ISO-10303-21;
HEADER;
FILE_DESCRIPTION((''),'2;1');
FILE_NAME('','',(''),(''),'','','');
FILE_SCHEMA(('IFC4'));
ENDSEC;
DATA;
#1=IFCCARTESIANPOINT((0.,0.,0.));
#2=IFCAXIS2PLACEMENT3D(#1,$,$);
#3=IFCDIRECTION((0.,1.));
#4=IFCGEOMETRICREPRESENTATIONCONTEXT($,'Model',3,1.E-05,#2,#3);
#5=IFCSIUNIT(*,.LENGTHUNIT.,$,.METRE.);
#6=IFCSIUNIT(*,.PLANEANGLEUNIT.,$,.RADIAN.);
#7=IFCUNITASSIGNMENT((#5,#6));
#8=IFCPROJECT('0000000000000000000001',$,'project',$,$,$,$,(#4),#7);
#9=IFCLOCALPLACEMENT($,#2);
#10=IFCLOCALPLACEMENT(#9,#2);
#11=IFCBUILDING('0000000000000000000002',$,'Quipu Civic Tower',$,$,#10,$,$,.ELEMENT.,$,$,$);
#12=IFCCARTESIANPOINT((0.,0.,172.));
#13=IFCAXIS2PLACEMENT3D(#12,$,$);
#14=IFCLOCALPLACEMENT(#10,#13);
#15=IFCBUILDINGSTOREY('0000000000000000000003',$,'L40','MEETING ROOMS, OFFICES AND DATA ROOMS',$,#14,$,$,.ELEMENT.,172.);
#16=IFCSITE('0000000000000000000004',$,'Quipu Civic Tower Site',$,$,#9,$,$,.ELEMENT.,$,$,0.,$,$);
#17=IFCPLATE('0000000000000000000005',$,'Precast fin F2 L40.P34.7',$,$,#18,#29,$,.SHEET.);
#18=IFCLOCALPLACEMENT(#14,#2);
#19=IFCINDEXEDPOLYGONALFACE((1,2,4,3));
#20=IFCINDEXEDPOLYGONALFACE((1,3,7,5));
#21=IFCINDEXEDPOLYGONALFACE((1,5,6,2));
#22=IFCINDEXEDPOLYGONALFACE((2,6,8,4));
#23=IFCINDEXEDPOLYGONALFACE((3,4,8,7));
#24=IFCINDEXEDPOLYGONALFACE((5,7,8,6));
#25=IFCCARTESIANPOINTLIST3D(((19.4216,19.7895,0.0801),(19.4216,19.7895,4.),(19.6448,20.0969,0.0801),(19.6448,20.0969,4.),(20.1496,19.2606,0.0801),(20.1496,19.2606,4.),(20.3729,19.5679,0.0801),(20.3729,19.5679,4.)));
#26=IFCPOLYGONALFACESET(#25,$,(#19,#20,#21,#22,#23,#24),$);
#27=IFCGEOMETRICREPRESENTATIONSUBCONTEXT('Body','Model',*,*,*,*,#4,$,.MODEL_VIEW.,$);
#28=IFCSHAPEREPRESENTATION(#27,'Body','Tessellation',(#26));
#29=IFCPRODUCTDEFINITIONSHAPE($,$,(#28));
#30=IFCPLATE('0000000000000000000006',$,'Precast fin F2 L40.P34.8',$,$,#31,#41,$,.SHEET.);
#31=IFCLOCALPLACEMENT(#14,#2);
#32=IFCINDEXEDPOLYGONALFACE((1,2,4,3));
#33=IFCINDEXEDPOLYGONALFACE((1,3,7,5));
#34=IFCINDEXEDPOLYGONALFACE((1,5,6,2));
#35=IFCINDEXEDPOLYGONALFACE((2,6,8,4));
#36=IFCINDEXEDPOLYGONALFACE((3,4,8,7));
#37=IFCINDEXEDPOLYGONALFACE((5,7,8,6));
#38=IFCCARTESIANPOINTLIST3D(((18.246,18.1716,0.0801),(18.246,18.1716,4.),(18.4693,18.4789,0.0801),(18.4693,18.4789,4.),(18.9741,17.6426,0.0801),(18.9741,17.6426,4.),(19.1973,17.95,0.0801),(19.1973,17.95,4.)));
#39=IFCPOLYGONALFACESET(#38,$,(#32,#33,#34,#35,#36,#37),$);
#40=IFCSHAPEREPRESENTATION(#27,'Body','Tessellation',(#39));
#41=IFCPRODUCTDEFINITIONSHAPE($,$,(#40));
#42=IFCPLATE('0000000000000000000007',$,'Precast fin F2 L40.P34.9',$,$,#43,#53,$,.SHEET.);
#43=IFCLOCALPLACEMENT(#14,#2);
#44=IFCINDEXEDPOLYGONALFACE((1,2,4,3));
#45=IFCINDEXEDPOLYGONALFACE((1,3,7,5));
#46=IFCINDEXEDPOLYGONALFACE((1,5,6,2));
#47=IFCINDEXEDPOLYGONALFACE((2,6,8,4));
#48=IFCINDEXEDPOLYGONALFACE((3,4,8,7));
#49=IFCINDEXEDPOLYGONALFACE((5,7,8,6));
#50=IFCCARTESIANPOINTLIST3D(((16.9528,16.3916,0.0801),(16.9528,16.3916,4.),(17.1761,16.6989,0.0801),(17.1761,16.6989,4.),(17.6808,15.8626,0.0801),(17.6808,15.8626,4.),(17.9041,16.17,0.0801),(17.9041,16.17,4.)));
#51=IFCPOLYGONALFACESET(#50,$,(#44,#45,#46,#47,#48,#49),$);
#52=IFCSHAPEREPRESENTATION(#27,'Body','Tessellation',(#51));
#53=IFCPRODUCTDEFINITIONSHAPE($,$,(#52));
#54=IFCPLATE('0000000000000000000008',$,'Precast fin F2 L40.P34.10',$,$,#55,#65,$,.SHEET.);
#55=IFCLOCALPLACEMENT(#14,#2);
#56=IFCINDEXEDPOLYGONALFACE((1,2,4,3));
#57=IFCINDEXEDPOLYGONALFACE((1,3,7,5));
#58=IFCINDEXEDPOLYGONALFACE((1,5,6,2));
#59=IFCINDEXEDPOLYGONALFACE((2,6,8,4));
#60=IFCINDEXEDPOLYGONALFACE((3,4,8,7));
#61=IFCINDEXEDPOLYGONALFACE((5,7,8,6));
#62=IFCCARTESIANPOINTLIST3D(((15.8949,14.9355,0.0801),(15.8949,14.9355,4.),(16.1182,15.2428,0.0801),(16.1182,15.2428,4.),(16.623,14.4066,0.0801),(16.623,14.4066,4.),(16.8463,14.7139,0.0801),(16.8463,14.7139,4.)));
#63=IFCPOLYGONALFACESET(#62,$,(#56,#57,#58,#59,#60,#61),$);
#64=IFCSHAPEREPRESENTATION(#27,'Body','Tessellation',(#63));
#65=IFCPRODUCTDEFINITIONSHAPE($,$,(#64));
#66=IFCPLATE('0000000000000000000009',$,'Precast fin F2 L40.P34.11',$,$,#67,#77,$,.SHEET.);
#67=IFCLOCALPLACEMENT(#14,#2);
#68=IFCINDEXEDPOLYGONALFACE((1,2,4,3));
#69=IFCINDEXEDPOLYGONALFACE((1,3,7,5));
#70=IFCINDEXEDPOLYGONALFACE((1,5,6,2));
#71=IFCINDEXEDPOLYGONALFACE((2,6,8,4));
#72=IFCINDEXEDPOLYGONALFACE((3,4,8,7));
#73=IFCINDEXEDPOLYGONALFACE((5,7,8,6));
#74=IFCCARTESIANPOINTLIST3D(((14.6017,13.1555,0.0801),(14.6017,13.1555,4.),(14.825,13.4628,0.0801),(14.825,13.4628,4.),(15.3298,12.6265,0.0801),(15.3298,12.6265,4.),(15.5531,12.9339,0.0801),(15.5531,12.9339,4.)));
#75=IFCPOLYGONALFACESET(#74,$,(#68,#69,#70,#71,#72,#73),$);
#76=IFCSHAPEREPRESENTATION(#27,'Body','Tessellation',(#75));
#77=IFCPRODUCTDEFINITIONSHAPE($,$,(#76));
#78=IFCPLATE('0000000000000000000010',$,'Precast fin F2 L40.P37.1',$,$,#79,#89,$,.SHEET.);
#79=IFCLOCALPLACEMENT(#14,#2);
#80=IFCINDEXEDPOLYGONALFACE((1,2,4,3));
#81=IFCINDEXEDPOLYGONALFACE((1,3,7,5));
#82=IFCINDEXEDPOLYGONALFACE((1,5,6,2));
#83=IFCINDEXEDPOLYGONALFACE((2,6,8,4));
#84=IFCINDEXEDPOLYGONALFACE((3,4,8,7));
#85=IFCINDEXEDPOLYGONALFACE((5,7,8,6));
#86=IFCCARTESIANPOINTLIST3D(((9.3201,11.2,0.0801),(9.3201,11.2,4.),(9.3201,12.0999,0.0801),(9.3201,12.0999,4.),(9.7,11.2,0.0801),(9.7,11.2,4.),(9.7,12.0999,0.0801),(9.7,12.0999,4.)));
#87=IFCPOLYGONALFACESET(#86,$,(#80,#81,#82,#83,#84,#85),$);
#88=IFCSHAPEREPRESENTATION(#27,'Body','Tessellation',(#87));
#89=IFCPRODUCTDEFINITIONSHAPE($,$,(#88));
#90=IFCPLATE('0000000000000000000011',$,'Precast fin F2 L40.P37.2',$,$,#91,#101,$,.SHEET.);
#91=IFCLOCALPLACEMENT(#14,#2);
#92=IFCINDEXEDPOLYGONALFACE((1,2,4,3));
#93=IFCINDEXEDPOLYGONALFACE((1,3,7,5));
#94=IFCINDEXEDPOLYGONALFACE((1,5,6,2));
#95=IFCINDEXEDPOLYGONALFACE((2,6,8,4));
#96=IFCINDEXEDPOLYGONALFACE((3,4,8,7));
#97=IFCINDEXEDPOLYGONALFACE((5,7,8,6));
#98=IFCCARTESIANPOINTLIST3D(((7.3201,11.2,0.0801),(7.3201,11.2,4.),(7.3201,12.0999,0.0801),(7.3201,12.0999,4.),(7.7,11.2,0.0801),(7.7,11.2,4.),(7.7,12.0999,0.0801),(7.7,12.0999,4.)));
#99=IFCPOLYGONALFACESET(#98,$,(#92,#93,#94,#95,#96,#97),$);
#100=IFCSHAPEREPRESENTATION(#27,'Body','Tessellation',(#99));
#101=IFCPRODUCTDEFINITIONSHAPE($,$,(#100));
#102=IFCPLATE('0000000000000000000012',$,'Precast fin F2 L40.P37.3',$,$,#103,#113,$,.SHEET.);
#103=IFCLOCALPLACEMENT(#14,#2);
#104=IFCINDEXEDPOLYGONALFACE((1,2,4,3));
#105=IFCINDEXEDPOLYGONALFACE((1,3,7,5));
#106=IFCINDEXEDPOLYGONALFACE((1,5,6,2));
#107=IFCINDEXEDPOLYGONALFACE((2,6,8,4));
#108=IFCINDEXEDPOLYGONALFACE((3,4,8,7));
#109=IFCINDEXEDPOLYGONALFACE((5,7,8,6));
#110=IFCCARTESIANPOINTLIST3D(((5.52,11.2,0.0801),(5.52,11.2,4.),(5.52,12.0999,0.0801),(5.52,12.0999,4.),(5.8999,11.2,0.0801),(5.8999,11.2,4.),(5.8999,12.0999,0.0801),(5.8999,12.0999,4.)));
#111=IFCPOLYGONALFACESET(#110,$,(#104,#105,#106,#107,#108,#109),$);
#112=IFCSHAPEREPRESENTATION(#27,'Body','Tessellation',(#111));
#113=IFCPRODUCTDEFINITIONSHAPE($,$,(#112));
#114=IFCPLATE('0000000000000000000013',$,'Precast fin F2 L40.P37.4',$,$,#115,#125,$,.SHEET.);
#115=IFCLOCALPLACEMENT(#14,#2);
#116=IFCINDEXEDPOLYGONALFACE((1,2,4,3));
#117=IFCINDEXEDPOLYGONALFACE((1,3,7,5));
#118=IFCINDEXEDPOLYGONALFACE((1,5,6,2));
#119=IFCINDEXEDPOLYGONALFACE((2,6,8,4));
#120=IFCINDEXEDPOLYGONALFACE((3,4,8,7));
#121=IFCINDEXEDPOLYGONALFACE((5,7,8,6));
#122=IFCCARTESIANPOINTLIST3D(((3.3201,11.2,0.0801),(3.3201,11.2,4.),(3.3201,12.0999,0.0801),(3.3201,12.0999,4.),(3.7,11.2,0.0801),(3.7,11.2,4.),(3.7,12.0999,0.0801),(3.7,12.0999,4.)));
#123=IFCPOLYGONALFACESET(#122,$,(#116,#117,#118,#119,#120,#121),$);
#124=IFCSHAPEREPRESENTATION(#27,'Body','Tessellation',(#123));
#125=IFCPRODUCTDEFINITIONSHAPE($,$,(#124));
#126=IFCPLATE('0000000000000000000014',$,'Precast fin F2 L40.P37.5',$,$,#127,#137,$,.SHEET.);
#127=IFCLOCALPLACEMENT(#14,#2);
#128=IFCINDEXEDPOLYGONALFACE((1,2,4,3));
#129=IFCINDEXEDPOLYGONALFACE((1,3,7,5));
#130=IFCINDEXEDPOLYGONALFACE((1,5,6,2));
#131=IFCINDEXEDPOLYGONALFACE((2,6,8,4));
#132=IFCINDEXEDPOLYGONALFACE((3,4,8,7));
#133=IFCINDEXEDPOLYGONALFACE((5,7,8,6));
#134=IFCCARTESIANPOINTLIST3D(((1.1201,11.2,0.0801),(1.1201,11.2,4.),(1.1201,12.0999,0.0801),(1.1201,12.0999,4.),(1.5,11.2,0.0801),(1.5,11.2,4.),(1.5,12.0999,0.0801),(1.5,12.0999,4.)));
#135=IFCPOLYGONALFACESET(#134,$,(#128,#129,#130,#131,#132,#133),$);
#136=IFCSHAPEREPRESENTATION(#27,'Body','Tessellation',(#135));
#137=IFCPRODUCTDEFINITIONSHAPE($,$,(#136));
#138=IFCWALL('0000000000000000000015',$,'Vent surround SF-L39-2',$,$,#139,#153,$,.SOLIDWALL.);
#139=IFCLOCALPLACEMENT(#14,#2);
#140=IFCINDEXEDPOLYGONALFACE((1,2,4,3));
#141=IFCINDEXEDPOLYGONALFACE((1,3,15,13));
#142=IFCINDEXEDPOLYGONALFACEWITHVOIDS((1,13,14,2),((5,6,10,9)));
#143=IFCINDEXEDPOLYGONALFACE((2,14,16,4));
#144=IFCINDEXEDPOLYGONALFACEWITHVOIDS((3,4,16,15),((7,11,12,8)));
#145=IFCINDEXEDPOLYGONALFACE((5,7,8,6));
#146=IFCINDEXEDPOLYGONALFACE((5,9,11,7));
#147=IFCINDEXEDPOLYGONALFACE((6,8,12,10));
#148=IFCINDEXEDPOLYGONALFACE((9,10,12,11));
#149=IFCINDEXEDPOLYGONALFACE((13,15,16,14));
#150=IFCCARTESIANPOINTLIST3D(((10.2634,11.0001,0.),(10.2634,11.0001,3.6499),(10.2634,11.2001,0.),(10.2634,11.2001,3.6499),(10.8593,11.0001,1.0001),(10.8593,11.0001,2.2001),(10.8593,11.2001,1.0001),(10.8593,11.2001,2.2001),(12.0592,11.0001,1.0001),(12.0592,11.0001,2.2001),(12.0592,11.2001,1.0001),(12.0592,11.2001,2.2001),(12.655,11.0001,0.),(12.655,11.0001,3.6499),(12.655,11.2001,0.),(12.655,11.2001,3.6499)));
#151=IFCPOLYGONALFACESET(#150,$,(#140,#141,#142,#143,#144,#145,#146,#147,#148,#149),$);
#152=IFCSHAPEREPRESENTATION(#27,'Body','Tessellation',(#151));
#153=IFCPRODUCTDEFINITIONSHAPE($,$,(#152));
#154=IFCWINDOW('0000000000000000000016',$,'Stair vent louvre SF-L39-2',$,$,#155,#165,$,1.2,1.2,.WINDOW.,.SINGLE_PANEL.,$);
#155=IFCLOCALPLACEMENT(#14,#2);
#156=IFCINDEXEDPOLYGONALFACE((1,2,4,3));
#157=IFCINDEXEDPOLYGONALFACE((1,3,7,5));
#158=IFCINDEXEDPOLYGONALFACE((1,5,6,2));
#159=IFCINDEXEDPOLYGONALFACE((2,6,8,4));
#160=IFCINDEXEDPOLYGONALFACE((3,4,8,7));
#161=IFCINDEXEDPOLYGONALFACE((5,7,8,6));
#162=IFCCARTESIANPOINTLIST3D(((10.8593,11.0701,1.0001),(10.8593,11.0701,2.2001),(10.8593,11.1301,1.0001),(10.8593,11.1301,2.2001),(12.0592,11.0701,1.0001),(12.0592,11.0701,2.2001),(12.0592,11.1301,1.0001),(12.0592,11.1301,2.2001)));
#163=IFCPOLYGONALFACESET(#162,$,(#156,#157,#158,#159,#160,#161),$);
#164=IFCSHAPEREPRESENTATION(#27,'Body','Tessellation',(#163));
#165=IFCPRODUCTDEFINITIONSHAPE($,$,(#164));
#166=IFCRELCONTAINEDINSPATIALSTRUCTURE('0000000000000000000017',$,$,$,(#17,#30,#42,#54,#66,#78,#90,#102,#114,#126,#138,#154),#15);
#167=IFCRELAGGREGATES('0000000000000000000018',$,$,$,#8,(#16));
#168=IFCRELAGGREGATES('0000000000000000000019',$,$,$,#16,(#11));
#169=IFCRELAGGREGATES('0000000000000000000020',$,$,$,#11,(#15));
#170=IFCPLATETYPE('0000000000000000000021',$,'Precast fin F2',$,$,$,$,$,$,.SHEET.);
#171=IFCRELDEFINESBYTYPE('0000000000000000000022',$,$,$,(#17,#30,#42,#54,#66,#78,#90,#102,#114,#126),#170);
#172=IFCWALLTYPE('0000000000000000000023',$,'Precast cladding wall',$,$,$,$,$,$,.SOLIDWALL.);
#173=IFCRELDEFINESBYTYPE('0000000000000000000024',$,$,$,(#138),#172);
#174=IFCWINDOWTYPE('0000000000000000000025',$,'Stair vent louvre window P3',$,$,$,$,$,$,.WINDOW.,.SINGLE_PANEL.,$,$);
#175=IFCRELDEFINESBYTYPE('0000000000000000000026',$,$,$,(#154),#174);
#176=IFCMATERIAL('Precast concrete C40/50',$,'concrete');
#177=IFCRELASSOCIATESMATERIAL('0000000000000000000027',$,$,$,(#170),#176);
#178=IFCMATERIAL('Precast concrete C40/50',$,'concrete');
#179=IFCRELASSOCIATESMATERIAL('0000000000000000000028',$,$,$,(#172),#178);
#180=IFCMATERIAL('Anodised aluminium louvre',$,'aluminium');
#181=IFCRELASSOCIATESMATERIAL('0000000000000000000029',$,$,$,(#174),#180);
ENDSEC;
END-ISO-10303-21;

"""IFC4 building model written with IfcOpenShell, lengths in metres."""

from ifc_helpers import new_model, si_unit, direction, frame, frame_2d, origin, origin_2d, place, context, subcontext, project, spatial, rectangle, extrude, material, type_object, element, fill, save


model = new_model("IFC4")

# Units and contexts
model_context = context("Model", 3, precision=1e-05, world=origin(), true_north=direction((0.0, 1.0)))
body_context = subcontext(model_context, "Body", "Model", "MODEL_VIEW")
ifc_project = project(units=[si_unit("LENGTHUNIT", "METRE"), si_unit("PLANEANGLEUNIT", "RADIAN")], contexts=[model_context])

# Site, building, storey
site_placement = place(None, origin())
site = spatial("IfcSite", under=ifc_project, at=site_placement, Name="Quipu Civic Tower Site", CompositionType="ELEMENT", RefElevation=0.0)
building_placement = place(site_placement, origin())
building = spatial("IfcBuilding", under=site, at=building_placement, Name="Quipu Civic Tower", CompositionType="ELEMENT")
storey_placement = place(building_placement, frame((0.0, 0.0, 172.0)))
storey = spatial("IfcBuildingStorey", under=building, at=storey_placement, Name="L40", Description="MEETING ROOMS, OFFICES AND DATA ROOMS", CompositionType="ELEMENT", Elevation=172.0)

# Plates
ifc_material_1 = material(Name="Precast concrete C40/50", Category="concrete")
plate_type_1 = type_object("IfcPlateType", Name="Precast fin F2", PredefinedType="SHEET", material=ifc_material_1)
for number, where, z_axis, x_axis, name in (
    (1, (19.8972, 19.6787, 0.0801), (0.0, 0.0, 1.0), (-0.587787, -0.809016, 0.0), "Precast fin F2 L40.P34.7"),
    (2, (18.7217, 18.0608, 0.0801), (0.0, 0.0, 1.0), (-0.587787, -0.809016, 0.0), "Precast fin F2 L40.P34.8"),
    (3, (17.4285, 16.2808, 0.0801), (0.0, 0.0, 1.0), (-0.587787, -0.809016, 0.0), "Precast fin F2 L40.P34.9"),
    (4, (16.3706, 14.8247, 0.0801), (0.0, 0.0, 1.0), (-0.587787, -0.809016, 0.0), "Precast fin F2 L40.P34.10"),
    (5, (15.0774, 13.0447, 0.0801), (0.0, 0.0, 1.0), (-0.587787, -0.809016, 0.0), "Precast fin F2 L40.P34.11"),
    (6, (9.51, 11.6499, 0.0801), (0.0, 0.0, 1.0), (-1.0, 0.0, 0.0), "Precast fin F2 L40.P37.1"),
    (7, (7.51, 11.6499, 0.0801), (0.0, 0.0, 1.0), (-1.0, 0.0, 0.0), "Precast fin F2 L40.P37.2"),
    (8, (5.71, 11.6499, 0.0801), (0.0, 0.0, 1.0), (-1.0, 0.0, 0.0), "Precast fin F2 L40.P37.3"),
    (9, (3.51, 11.6499, 0.0801), (0.0, 0.0, 1.0), (-1.0, 0.0, 0.0), "Precast fin F2 L40.P37.4"),
    (10, (1.3101, 11.6499, 0.0801), (0.0, 0.0, 1.0), (-1.0, 0.0, 0.0), "Precast fin F2 L40.P37.5"),
):
    element("IfcPlate", number, at=place(storey_placement, frame(where, z_axis=z_axis, x_axis=x_axis)), inside=storey, type_object=plate_type_1, Name=name, PredefinedType="SHEET", context=body_context, shape_type="SweptSolid", body=[
        extrude(rectangle(XDim=0.3799, YDim=0.8999, at=origin_2d()), origin(), (0.0, 0.0, 1.0), 3.9199),
    ])

# Wall, opening, window
ifc_material_2 = material(Name="Precast concrete C40/50", Category="concrete")
wall_type = type_object("IfcWallType", Name="Precast cladding wall", PredefinedType="SOLIDWALL", material=ifc_material_2)
wall_placement = place(storey_placement, frame((12.655, 11.1001, 0.0), z_axis=(0.0, 0.0, 1.0), x_axis=(-1.0, 0.0, 0.0)))
wall = element("IfcWall", 11, at=wall_placement, inside=storey, type_object=wall_type, Name="Vent surround SF-L39-2", PredefinedType="SOLIDWALL", context=body_context, shape_type="SweptSolid", body=[
    extrude(rectangle(XDim=2.3916, YDim=0.2, at=frame_2d((1.1958, 0.0))), origin(), (0.0, 0.0, 1.0), 3.6499),
])
opening_placement = place(wall_placement, frame((0.5957, 0.0, 1.0)))
opening = element("IfcOpeningElement", 12, at=opening_placement, cuts=wall, PredefinedType="OPENING", context=body_context, shape_type="SweptSolid", body=[
    extrude(rectangle(XDim=1.2, YDim=1.2, at=frame_2d((0.6001, 0.6001))), frame((0.0, 0.1099, 0.0), z_axis=(0.0, -1.0, 0.0), x_axis=(1.0, 0.0, 0.0)), (0.0, 0.0, 1.0), 0.22),
])
ifc_material_3 = material(Name="Anodised aluminium louvre", Category="aluminium")
window_type = type_object("IfcWindowType", Name="Stair vent louvre window P3", PartitioningType="SINGLE_PANEL", PredefinedType="WINDOW", material=ifc_material_3)
window_placement = place(opening_placement, origin())
window = element("IfcWindow", 13, at=window_placement, inside=storey, type_object=window_type, Name="Stair vent louvre SF-L39-2", OverallHeight=1.2, OverallWidth=1.2, PartitioningType="SINGLE_PANEL", PredefinedType="WINDOW", context=body_context, shape_type="SweptSolid", body=[
    extrude(rectangle(XDim=1.2, YDim=1.2, at=frame_2d((0.6001, 0.6001))), frame((0.0, 0.03, 0.0), z_axis=(0.0, -1.0, 0.0), x_axis=(1.0, 0.0, 0.0)), (0.0, 0.0, 1.0), 0.0601),
])
fill(opening, window)

save(model, "model.ifc")
